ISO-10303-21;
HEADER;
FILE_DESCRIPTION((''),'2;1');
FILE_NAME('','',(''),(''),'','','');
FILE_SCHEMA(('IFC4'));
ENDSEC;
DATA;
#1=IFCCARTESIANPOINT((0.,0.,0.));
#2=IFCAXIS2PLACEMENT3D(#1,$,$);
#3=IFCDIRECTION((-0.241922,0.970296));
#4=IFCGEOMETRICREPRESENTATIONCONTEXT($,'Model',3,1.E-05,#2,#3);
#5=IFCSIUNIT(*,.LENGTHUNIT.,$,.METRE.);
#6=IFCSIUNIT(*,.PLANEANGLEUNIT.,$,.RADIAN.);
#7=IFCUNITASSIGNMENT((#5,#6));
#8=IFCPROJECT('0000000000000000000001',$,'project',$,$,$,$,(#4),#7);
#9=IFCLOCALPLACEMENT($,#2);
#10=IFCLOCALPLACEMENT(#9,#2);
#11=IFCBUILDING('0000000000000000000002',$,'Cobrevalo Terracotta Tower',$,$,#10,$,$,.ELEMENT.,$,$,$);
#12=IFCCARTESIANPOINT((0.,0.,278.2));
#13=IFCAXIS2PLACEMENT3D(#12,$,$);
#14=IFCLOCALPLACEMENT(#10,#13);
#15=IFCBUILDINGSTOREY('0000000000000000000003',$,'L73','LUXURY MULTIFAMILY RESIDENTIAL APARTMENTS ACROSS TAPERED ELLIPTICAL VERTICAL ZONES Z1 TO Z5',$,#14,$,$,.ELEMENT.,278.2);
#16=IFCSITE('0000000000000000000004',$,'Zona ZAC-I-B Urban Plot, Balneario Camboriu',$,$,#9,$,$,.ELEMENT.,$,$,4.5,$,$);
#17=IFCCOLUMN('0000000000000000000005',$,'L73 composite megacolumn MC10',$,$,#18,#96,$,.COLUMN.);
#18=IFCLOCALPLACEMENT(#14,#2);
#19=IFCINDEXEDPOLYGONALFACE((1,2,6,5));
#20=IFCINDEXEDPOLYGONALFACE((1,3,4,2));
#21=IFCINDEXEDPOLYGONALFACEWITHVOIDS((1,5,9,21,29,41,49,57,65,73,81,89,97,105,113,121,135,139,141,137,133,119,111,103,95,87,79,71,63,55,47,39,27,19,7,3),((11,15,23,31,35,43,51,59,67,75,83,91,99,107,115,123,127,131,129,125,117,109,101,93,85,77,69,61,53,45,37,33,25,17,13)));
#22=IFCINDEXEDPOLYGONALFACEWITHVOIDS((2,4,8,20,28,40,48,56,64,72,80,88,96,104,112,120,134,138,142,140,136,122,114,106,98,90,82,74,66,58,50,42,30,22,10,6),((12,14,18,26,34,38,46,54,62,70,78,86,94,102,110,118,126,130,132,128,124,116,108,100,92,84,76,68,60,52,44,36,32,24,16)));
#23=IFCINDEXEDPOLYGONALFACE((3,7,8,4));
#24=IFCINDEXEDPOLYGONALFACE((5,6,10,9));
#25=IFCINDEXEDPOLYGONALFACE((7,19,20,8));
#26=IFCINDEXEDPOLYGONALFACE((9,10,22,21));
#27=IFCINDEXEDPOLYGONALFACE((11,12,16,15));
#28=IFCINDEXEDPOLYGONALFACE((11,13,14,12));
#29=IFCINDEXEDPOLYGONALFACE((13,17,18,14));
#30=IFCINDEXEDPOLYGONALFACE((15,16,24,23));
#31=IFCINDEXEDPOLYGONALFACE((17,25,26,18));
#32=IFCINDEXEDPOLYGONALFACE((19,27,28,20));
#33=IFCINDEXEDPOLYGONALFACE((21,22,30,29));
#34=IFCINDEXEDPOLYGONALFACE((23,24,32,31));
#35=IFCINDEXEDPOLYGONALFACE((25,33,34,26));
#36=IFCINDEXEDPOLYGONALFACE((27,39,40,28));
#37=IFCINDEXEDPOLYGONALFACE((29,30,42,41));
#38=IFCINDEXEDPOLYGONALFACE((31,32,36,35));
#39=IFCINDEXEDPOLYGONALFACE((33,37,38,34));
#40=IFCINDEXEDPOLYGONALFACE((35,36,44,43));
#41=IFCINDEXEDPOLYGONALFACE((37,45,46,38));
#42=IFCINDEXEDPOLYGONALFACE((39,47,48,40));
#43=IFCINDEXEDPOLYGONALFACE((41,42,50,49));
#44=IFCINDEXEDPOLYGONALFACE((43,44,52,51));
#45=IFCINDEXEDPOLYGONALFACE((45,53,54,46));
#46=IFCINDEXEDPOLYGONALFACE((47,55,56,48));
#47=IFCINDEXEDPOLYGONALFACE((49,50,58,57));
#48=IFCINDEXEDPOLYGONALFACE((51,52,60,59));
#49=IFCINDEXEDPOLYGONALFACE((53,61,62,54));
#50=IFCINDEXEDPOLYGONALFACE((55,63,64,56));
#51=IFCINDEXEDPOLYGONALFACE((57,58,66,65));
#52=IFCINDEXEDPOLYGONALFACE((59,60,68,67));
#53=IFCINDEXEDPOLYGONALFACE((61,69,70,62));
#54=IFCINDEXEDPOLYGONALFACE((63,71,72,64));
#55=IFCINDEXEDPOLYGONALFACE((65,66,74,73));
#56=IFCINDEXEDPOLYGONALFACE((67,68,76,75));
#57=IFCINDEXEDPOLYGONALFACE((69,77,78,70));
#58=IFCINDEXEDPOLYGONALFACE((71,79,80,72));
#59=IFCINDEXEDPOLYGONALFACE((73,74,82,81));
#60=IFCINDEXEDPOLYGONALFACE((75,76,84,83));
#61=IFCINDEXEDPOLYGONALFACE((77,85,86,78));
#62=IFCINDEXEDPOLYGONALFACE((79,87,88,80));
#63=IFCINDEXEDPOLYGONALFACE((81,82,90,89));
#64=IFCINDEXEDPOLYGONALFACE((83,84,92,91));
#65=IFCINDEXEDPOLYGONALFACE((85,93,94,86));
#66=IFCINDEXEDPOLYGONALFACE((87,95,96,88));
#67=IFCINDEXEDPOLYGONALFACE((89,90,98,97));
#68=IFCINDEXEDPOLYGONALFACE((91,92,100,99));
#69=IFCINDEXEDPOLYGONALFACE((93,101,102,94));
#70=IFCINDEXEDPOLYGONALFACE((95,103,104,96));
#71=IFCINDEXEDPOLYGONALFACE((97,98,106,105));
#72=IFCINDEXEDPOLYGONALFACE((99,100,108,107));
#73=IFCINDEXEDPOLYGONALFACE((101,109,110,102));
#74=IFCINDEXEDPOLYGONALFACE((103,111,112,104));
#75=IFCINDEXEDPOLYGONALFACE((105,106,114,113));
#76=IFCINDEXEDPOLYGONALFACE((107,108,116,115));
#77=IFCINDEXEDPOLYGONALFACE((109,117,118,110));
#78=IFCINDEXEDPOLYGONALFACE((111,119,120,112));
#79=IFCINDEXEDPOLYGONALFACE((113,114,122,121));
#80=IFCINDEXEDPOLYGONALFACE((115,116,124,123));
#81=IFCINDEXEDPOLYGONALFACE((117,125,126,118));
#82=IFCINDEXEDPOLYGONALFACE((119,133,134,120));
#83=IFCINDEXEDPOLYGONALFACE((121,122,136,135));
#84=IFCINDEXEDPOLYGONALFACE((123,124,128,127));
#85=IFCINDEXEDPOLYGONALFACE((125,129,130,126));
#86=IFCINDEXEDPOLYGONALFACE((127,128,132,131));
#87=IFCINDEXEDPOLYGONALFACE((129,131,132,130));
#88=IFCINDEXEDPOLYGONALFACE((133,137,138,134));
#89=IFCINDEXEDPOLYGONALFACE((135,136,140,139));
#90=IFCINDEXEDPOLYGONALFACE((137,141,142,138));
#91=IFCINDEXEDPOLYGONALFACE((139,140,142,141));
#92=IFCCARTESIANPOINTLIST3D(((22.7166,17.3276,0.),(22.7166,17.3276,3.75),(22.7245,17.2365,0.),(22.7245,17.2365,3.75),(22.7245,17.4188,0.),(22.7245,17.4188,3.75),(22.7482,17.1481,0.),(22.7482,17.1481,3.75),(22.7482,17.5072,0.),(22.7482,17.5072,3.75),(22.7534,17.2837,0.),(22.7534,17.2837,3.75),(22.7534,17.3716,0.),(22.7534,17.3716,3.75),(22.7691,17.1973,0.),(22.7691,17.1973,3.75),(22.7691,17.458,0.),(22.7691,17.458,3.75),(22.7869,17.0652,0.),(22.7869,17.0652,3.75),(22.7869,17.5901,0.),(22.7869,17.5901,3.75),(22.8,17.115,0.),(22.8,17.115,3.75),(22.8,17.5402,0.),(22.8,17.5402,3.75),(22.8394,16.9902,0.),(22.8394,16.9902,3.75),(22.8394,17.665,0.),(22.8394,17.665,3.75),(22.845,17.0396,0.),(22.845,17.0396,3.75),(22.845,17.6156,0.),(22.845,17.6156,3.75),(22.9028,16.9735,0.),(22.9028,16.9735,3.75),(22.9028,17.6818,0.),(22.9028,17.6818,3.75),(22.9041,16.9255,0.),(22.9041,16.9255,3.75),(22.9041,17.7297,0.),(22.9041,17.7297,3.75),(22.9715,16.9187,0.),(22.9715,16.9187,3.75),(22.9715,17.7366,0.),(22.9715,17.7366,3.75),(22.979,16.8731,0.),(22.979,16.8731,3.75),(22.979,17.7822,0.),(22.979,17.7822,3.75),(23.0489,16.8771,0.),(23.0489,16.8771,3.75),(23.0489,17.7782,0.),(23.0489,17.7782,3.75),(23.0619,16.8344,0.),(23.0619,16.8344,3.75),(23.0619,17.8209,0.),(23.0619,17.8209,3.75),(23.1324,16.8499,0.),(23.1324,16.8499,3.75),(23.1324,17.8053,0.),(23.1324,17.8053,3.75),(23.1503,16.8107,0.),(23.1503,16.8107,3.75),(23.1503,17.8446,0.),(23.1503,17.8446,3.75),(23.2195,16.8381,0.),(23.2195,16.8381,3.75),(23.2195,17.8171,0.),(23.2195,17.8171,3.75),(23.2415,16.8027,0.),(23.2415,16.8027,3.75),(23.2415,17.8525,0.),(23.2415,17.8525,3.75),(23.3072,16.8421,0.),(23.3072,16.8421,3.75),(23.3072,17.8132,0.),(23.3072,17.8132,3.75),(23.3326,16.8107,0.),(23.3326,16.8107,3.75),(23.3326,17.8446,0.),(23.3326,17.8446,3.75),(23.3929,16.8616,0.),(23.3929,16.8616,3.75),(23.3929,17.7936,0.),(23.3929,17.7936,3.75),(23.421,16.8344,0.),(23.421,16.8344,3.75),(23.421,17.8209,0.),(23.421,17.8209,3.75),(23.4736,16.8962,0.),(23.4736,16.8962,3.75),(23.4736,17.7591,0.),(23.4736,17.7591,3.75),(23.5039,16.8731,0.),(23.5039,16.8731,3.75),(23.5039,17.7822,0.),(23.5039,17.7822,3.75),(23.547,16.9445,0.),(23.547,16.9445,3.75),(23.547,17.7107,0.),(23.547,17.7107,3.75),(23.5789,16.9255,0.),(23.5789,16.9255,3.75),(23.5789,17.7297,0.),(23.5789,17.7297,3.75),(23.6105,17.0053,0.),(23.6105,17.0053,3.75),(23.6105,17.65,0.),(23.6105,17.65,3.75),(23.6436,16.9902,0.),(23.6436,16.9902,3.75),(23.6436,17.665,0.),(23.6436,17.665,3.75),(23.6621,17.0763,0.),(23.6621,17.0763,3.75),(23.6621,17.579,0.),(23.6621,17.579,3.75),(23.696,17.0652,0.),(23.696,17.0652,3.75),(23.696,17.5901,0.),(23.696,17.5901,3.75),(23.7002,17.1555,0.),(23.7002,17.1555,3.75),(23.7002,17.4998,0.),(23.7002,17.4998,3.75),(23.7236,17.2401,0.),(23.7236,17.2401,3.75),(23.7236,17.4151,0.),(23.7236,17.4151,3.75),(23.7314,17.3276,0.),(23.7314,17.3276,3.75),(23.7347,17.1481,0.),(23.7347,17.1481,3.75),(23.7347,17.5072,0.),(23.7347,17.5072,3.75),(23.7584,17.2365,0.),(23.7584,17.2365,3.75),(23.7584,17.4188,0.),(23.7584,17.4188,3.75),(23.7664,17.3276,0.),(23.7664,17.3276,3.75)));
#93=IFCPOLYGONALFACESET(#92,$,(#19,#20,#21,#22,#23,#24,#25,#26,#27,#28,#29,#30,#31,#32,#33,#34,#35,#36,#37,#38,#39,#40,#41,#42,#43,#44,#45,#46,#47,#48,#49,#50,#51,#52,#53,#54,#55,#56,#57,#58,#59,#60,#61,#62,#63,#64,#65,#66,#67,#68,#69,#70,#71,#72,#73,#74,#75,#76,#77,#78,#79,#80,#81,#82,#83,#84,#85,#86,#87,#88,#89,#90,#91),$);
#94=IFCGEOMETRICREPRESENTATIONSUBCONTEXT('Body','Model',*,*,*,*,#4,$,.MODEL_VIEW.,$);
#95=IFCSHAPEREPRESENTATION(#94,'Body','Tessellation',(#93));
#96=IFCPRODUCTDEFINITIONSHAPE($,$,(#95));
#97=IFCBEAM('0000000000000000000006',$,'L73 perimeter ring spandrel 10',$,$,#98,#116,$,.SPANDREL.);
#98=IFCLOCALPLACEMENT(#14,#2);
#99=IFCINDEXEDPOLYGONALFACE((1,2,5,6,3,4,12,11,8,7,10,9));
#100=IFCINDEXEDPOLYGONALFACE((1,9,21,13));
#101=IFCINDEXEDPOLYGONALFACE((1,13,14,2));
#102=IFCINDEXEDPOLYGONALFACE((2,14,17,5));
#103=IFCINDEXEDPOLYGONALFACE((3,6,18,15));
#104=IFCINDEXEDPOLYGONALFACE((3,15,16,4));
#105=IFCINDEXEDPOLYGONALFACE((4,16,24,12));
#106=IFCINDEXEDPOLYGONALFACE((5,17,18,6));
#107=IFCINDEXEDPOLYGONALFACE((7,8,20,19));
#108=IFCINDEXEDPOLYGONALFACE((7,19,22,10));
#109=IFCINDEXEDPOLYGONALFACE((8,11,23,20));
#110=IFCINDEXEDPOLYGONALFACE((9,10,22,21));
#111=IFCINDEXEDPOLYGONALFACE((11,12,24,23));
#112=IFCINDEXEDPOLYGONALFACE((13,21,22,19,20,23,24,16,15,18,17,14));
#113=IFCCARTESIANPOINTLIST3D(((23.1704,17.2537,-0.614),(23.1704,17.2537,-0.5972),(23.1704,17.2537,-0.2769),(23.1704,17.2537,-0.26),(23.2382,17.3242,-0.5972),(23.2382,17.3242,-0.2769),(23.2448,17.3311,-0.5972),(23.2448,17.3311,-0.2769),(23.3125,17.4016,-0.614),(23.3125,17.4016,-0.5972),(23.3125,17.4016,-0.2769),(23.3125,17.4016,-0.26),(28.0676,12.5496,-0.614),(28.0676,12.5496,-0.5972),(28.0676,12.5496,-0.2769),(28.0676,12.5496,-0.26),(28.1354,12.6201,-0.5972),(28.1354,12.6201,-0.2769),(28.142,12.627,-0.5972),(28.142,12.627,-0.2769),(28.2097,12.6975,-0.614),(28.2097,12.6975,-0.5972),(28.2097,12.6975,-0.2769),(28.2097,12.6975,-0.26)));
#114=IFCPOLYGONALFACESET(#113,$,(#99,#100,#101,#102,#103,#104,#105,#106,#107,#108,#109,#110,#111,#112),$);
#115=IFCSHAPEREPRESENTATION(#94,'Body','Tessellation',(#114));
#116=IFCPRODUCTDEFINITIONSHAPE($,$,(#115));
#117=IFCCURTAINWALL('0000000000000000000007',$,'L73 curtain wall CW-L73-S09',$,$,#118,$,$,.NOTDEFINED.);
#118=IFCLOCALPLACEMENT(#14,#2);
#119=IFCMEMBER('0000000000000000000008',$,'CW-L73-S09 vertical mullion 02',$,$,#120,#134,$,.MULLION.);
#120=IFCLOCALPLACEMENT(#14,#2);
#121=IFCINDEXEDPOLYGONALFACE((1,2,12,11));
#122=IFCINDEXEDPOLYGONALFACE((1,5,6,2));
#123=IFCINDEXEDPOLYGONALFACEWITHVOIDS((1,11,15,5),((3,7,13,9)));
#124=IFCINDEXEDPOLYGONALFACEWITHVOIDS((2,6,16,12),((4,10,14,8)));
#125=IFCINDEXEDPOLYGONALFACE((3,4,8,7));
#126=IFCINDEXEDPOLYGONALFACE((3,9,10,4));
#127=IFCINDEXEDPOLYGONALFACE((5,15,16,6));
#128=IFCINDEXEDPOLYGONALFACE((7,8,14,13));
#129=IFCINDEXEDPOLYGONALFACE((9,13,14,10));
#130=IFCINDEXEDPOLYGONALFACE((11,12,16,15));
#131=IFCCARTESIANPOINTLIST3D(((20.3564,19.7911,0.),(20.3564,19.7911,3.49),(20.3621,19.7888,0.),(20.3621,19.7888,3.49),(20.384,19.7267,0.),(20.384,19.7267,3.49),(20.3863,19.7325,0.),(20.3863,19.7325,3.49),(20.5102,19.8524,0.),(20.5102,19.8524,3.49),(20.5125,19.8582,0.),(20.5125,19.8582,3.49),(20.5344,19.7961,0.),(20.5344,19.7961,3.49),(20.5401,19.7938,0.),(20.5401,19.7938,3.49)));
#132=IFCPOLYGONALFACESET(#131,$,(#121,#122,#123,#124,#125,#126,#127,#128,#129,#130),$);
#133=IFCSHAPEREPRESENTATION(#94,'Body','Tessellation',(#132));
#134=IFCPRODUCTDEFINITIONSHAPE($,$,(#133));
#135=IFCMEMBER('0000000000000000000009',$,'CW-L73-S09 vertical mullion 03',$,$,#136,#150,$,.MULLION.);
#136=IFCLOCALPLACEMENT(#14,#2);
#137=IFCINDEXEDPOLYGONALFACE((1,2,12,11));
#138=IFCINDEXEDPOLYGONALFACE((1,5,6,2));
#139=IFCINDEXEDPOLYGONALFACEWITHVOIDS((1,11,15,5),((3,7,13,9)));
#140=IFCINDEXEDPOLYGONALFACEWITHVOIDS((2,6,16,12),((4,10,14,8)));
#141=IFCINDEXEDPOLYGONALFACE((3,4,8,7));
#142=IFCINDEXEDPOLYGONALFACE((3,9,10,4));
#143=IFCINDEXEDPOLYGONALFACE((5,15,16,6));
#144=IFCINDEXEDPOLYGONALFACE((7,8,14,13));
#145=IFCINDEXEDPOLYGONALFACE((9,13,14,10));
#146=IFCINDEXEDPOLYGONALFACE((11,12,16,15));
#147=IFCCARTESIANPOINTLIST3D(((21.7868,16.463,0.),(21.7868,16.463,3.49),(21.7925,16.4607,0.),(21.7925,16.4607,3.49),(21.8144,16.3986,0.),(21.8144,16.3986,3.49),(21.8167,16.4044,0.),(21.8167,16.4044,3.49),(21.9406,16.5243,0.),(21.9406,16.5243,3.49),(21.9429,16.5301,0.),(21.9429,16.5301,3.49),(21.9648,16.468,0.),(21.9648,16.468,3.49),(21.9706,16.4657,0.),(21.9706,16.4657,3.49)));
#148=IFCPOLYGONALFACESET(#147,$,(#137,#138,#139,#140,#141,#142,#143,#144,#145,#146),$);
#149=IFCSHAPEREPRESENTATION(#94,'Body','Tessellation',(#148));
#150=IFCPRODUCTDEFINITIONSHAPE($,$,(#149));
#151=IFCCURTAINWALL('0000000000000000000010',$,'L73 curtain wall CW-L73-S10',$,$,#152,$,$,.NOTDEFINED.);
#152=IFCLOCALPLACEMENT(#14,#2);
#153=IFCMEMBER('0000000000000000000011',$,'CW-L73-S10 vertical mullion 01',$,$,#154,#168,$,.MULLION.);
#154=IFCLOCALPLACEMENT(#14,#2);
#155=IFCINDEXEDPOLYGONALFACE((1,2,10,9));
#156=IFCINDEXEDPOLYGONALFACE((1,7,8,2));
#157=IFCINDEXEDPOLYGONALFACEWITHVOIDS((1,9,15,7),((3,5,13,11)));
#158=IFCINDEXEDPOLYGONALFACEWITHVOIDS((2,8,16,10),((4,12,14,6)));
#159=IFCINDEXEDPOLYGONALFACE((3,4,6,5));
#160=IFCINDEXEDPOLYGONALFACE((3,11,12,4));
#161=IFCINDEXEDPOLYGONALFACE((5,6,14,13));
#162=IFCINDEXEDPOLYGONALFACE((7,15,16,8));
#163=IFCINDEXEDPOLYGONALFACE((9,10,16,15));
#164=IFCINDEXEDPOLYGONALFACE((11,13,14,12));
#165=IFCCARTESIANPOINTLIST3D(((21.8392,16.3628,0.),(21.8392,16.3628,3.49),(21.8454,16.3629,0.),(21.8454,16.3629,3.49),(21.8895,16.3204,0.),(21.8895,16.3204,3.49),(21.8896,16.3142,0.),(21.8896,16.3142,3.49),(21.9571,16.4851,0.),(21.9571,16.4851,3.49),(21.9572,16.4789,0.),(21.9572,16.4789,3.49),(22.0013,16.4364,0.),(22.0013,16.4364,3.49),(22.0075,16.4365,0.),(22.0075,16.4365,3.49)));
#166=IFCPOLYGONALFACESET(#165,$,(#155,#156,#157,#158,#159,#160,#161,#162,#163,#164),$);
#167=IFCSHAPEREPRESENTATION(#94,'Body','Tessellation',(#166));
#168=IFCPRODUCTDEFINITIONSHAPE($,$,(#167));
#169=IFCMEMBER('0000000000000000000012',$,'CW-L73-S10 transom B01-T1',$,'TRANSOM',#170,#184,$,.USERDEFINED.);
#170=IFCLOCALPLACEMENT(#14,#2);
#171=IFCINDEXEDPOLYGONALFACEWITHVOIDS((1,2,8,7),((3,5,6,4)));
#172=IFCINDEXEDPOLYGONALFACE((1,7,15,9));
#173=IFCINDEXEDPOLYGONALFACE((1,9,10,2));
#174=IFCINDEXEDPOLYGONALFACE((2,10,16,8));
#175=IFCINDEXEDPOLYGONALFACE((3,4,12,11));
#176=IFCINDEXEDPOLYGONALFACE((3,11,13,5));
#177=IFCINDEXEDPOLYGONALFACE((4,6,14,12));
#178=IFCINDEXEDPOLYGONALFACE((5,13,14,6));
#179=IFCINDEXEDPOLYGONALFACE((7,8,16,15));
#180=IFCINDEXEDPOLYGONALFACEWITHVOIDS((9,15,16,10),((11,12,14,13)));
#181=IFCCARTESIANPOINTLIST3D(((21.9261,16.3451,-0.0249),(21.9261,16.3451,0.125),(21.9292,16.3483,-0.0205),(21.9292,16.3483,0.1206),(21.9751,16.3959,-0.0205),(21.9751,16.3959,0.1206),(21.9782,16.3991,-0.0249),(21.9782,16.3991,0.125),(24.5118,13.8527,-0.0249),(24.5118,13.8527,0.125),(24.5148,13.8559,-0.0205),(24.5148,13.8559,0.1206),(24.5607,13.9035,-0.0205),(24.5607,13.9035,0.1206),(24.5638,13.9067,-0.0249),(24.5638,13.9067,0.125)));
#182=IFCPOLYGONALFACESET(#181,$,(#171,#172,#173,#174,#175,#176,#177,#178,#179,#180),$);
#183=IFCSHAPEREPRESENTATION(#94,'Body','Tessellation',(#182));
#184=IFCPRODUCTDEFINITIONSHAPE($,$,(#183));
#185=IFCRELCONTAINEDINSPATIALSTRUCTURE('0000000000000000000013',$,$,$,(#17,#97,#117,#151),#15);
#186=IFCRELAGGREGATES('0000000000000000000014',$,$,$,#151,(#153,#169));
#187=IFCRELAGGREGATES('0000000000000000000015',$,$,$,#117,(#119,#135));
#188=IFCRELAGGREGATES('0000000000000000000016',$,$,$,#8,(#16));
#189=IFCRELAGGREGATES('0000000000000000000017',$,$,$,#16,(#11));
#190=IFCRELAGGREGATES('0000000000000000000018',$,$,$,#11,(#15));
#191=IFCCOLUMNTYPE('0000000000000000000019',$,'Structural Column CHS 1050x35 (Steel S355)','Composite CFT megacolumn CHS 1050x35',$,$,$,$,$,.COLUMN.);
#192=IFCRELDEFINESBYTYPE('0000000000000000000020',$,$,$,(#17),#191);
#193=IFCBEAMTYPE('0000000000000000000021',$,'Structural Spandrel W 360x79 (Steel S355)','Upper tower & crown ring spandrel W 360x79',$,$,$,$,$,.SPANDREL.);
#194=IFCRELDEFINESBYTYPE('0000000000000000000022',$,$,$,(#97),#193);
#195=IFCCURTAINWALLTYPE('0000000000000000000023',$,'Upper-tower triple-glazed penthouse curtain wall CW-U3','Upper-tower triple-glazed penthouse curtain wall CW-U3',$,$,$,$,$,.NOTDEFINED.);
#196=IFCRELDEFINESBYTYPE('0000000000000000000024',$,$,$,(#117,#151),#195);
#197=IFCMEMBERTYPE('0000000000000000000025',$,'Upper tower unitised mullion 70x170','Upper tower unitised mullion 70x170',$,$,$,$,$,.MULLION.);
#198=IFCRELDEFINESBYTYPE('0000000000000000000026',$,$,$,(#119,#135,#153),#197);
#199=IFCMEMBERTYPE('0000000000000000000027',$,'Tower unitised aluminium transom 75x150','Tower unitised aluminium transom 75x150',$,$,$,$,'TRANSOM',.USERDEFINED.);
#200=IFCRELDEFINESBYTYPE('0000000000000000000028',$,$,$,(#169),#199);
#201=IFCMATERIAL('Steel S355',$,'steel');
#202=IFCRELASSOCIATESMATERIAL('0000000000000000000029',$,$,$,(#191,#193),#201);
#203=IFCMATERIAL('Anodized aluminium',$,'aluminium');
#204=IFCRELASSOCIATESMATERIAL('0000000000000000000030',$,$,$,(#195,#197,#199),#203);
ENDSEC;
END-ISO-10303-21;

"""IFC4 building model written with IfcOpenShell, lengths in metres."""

from ifc_helpers import new_model, si_unit, direction, frame, origin, origin_2d, place, context, subcontext, project, spatial, hollow_rectangle, hollow_circle, i_section, extrude, source, transform, mapped, material, material_profile, profile_set, type_object, element, aggregate, save


model = new_model("IFC4")

# Units and contexts
model_context = context("Model", 3, precision=1e-05, world=origin(), true_north=direction((-0.241922, 0.970296)))
body_context = subcontext(model_context, "Body", "Model", "MODEL_VIEW")
ifc_project = project(units=[si_unit("LENGTHUNIT", "METRE"), si_unit("PLANEANGLEUNIT", "RADIAN")], contexts=[model_context])

# Site, building, storey
site_placement = place(None, origin())
site = spatial("IfcSite", under=ifc_project, at=site_placement, Name="Zona ZAC-I-B Urban Plot, Balneario Camboriu", CompositionType="ELEMENT", RefElevation=4.5)
building_placement = place(site_placement, origin())
building = spatial("IfcBuilding", under=site, at=building_placement, Name="Cobrevalo Terracotta Tower", CompositionType="ELEMENT")
storey_placement = place(building_placement, frame((0.0, 0.0, 278.2)))
storey = spatial("IfcBuildingStorey", under=building, at=storey_placement, Name="L73", Description="LUXURY MULTIFAMILY RESIDENTIAL APARTMENTS ACROSS TAPERED ELLIPTICAL VERTICAL ZONES Z1 TO Z5", CompositionType="ELEMENT", Elevation=278.2)

# Column
ifc_material_1 = material(Name="Steel S355", Category="steel")
ifc_material_profile_1 = material_profile(ifc_material_1, hollow_circle(Radius=0.5249, WallThickness=0.0349, at=origin_2d()), Name="CHS 1050x35")
ifc_profile_set_1 = profile_set([ifc_material_profile_1], Name="Steel S355")
column_type = type_object("IfcColumnType", Name="Structural Column CHS 1050x35 (Steel S355)", Description="Composite CFT megacolumn CHS 1050x35", PredefinedType="COLUMN", material=ifc_profile_set_1)
column_placement = place(storey_placement, frame((23.2415, 17.3276, 0.0), z_axis=(0.0, 0.0, 1.0), x_axis=(1.0, 0.0, 0.0)))
element("IfcColumn", 1, at=column_placement, inside=storey, type_object=column_type, Name="L73 composite megacolumn MC10", PredefinedType="COLUMN", context=body_context, shape_type="SweptSolid", body=[
    extrude(hollow_circle(Radius=0.5249, WallThickness=0.0349, at=origin_2d()), origin(), (0.0, 0.0, 1.0), 3.75),
])

# Beam
ifc_material_profile_2 = material_profile(ifc_material_1, i_section(OverallWidth=0.2051, OverallDepth=0.354, WebThickness=0.0095, FlangeThickness=0.0168, at=origin_2d()), Name="W 360x79")
ifc_profile_set_2 = profile_set([ifc_material_profile_2], Name="Steel S355")
beam_type = type_object("IfcBeamType", Name="Structural Spandrel W 360x79 (Steel S355)", Description="Upper tower & crown ring spandrel W 360x79", PredefinedType="SPANDREL", material=ifc_profile_set_2)
beam_placement = place(storey_placement, frame((23.2415, 17.3276, -0.437), z_axis=(0.721183, -0.692744, 0.0), x_axis=(0.692744, 0.721183, 0.0)))
element("IfcBeam", 2, at=beam_placement, inside=storey, type_object=beam_type, Name="L73 perimeter ring spandrel 10", PredefinedType="SPANDREL", context=body_context, shape_type="SweptSolid", body=[
    extrude(i_section(OverallWidth=0.2051, OverallDepth=0.354, WebThickness=0.0095, FlangeThickness=0.0168, at=origin_2d()), origin(), (0.0, 0.0, 1.0), 6.7905),
])

# Curtain walls, members
ifc_material_2 = material(Name="Anodized aluminium", Category="aluminium")
curtain_wall_type = type_object("IfcCurtainWallType", Name="Upper-tower triple-glazed penthouse curtain wall CW-U3", Description="Upper-tower triple-glazed penthouse curtain wall CW-U3", PredefinedType="NOTDEFINED", material=ifc_material_2)
curtain_wall_1_placement = place(storey_placement, origin())
curtain_wall_1 = element("IfcCurtainWall", 3, at=curtain_wall_1_placement, inside=storey, type_object=curtain_wall_type, Name="L73 curtain wall CW-L73-S09", PredefinedType="NOTDEFINED")
ifc_material_profile_3 = material_profile(ifc_material_2, hollow_rectangle(XDim=0.0701, YDim=0.1699, WallThickness=0.0044, at=origin_2d()), Name="CWM 70x170")
ifc_profile_set_3 = profile_set([ifc_material_profile_3], Name="Anodized aluminium")
member_type_1 = type_object("IfcMemberType", Name="Upper tower unitised mullion 70x170", Description="Upper tower unitised mullion 70x170", PredefinedType="MULLION", material=ifc_profile_set_3)
shared_shape_1 = source(origin(), body_context, "Body", "SweptSolid", [
    extrude(hollow_rectangle(XDim=0.0701, YDim=0.1699, WallThickness=0.0044, at=origin_2d()), origin(), (0.0, 0.0, 1.0), 3.49),
])
member_1_placement = place(storey_placement, frame((20.4482, 19.7925, 0.0), z_axis=(0.0, 0.0, 1.0), x_axis=(0.394824, -0.918757, 0.0)))
member_1 = element("IfcMember", 4, at=member_1_placement, type_object=member_type_1, Name="CW-L73-S09 vertical mullion 02", PredefinedType="MULLION", context=body_context, shape_type="MappedRepresentation", body=[
    mapped(shared_shape_1, transform((0.0, 0.0, 0.0), scale=1.0)),
])
member_2_placement = place(storey_placement, frame((21.8787, 16.4644, 0.0), z_axis=(0.0, 0.0, 1.0), x_axis=(0.394824, -0.918757, 0.0)))
member_2 = element("IfcMember", 5, at=member_2_placement, type_object=member_type_1, Name="CW-L73-S09 vertical mullion 03", PredefinedType="MULLION", context=body_context, shape_type="MappedRepresentation", body=[
    mapped(shared_shape_1, transform((0.0, 0.0, 0.0), scale=1.0)),
])
curtain_wall_2_placement = place(storey_placement, origin())
curtain_wall_2 = element("IfcCurtainWall", 6, at=curtain_wall_2_placement, inside=storey, type_object=curtain_wall_type, Name="L73 curtain wall CW-L73-S10", PredefinedType="NOTDEFINED")
member_3_placement = place(storey_placement, frame((21.9233, 16.3997, 0.0), z_axis=(0.0, 0.0, 1.0), x_axis=(0.719994, -0.69398, 0.0)))
member_3 = element("IfcMember", 7, at=member_3_placement, type_object=member_type_1, Name="CW-L73-S10 vertical mullion 01", PredefinedType="MULLION", context=body_context, shape_type="MappedRepresentation", body=[
    mapped(shared_shape_1, transform((0.0, 0.0, 0.0), scale=1.0)),
])
ifc_material_profile_4 = material_profile(ifc_material_2, hollow_rectangle(XDim=0.075, YDim=0.1499, WallThickness=0.0044, at=origin_2d()), Name="CWT 75x150")
ifc_profile_set_4 = profile_set([ifc_material_profile_4], Name="Anodized aluminium")
member_type_2 = type_object("IfcMemberType", Name="Tower unitised aluminium transom 75x150", Description="Tower unitised aluminium transom 75x150", ElementType="TRANSOM", PredefinedType="USERDEFINED", material=ifc_profile_set_4)
shared_shape_2 = source(origin(), body_context, "Body", "SweptSolid", [
    extrude(hollow_rectangle(XDim=0.075, YDim=0.1499, WallThickness=0.0044, at=origin_2d()), origin(), (0.0, 0.0, 1.0), 3.5913),
])
member_4_placement = place(storey_placement, frame((21.9521, 16.3721, 0.05), z_axis=(0.719972, -0.694003, 0.0), x_axis=(0.694003, 0.719972, 0.0)))
member_4 = element("IfcMember", 8, at=member_4_placement, type_object=member_type_2, Name="CW-L73-S10 transom B01-T1", ObjectType="TRANSOM", PredefinedType="USERDEFINED", context=body_context, shape_type="MappedRepresentation", body=[
    mapped(shared_shape_2, transform((0.0, 0.0, 0.0), scale=1.0)),
])
aggregate(curtain_wall_2, [member_3, member_4])

aggregate(curtain_wall_1, [member_1, member_2])

save(model, "model.ifc")
